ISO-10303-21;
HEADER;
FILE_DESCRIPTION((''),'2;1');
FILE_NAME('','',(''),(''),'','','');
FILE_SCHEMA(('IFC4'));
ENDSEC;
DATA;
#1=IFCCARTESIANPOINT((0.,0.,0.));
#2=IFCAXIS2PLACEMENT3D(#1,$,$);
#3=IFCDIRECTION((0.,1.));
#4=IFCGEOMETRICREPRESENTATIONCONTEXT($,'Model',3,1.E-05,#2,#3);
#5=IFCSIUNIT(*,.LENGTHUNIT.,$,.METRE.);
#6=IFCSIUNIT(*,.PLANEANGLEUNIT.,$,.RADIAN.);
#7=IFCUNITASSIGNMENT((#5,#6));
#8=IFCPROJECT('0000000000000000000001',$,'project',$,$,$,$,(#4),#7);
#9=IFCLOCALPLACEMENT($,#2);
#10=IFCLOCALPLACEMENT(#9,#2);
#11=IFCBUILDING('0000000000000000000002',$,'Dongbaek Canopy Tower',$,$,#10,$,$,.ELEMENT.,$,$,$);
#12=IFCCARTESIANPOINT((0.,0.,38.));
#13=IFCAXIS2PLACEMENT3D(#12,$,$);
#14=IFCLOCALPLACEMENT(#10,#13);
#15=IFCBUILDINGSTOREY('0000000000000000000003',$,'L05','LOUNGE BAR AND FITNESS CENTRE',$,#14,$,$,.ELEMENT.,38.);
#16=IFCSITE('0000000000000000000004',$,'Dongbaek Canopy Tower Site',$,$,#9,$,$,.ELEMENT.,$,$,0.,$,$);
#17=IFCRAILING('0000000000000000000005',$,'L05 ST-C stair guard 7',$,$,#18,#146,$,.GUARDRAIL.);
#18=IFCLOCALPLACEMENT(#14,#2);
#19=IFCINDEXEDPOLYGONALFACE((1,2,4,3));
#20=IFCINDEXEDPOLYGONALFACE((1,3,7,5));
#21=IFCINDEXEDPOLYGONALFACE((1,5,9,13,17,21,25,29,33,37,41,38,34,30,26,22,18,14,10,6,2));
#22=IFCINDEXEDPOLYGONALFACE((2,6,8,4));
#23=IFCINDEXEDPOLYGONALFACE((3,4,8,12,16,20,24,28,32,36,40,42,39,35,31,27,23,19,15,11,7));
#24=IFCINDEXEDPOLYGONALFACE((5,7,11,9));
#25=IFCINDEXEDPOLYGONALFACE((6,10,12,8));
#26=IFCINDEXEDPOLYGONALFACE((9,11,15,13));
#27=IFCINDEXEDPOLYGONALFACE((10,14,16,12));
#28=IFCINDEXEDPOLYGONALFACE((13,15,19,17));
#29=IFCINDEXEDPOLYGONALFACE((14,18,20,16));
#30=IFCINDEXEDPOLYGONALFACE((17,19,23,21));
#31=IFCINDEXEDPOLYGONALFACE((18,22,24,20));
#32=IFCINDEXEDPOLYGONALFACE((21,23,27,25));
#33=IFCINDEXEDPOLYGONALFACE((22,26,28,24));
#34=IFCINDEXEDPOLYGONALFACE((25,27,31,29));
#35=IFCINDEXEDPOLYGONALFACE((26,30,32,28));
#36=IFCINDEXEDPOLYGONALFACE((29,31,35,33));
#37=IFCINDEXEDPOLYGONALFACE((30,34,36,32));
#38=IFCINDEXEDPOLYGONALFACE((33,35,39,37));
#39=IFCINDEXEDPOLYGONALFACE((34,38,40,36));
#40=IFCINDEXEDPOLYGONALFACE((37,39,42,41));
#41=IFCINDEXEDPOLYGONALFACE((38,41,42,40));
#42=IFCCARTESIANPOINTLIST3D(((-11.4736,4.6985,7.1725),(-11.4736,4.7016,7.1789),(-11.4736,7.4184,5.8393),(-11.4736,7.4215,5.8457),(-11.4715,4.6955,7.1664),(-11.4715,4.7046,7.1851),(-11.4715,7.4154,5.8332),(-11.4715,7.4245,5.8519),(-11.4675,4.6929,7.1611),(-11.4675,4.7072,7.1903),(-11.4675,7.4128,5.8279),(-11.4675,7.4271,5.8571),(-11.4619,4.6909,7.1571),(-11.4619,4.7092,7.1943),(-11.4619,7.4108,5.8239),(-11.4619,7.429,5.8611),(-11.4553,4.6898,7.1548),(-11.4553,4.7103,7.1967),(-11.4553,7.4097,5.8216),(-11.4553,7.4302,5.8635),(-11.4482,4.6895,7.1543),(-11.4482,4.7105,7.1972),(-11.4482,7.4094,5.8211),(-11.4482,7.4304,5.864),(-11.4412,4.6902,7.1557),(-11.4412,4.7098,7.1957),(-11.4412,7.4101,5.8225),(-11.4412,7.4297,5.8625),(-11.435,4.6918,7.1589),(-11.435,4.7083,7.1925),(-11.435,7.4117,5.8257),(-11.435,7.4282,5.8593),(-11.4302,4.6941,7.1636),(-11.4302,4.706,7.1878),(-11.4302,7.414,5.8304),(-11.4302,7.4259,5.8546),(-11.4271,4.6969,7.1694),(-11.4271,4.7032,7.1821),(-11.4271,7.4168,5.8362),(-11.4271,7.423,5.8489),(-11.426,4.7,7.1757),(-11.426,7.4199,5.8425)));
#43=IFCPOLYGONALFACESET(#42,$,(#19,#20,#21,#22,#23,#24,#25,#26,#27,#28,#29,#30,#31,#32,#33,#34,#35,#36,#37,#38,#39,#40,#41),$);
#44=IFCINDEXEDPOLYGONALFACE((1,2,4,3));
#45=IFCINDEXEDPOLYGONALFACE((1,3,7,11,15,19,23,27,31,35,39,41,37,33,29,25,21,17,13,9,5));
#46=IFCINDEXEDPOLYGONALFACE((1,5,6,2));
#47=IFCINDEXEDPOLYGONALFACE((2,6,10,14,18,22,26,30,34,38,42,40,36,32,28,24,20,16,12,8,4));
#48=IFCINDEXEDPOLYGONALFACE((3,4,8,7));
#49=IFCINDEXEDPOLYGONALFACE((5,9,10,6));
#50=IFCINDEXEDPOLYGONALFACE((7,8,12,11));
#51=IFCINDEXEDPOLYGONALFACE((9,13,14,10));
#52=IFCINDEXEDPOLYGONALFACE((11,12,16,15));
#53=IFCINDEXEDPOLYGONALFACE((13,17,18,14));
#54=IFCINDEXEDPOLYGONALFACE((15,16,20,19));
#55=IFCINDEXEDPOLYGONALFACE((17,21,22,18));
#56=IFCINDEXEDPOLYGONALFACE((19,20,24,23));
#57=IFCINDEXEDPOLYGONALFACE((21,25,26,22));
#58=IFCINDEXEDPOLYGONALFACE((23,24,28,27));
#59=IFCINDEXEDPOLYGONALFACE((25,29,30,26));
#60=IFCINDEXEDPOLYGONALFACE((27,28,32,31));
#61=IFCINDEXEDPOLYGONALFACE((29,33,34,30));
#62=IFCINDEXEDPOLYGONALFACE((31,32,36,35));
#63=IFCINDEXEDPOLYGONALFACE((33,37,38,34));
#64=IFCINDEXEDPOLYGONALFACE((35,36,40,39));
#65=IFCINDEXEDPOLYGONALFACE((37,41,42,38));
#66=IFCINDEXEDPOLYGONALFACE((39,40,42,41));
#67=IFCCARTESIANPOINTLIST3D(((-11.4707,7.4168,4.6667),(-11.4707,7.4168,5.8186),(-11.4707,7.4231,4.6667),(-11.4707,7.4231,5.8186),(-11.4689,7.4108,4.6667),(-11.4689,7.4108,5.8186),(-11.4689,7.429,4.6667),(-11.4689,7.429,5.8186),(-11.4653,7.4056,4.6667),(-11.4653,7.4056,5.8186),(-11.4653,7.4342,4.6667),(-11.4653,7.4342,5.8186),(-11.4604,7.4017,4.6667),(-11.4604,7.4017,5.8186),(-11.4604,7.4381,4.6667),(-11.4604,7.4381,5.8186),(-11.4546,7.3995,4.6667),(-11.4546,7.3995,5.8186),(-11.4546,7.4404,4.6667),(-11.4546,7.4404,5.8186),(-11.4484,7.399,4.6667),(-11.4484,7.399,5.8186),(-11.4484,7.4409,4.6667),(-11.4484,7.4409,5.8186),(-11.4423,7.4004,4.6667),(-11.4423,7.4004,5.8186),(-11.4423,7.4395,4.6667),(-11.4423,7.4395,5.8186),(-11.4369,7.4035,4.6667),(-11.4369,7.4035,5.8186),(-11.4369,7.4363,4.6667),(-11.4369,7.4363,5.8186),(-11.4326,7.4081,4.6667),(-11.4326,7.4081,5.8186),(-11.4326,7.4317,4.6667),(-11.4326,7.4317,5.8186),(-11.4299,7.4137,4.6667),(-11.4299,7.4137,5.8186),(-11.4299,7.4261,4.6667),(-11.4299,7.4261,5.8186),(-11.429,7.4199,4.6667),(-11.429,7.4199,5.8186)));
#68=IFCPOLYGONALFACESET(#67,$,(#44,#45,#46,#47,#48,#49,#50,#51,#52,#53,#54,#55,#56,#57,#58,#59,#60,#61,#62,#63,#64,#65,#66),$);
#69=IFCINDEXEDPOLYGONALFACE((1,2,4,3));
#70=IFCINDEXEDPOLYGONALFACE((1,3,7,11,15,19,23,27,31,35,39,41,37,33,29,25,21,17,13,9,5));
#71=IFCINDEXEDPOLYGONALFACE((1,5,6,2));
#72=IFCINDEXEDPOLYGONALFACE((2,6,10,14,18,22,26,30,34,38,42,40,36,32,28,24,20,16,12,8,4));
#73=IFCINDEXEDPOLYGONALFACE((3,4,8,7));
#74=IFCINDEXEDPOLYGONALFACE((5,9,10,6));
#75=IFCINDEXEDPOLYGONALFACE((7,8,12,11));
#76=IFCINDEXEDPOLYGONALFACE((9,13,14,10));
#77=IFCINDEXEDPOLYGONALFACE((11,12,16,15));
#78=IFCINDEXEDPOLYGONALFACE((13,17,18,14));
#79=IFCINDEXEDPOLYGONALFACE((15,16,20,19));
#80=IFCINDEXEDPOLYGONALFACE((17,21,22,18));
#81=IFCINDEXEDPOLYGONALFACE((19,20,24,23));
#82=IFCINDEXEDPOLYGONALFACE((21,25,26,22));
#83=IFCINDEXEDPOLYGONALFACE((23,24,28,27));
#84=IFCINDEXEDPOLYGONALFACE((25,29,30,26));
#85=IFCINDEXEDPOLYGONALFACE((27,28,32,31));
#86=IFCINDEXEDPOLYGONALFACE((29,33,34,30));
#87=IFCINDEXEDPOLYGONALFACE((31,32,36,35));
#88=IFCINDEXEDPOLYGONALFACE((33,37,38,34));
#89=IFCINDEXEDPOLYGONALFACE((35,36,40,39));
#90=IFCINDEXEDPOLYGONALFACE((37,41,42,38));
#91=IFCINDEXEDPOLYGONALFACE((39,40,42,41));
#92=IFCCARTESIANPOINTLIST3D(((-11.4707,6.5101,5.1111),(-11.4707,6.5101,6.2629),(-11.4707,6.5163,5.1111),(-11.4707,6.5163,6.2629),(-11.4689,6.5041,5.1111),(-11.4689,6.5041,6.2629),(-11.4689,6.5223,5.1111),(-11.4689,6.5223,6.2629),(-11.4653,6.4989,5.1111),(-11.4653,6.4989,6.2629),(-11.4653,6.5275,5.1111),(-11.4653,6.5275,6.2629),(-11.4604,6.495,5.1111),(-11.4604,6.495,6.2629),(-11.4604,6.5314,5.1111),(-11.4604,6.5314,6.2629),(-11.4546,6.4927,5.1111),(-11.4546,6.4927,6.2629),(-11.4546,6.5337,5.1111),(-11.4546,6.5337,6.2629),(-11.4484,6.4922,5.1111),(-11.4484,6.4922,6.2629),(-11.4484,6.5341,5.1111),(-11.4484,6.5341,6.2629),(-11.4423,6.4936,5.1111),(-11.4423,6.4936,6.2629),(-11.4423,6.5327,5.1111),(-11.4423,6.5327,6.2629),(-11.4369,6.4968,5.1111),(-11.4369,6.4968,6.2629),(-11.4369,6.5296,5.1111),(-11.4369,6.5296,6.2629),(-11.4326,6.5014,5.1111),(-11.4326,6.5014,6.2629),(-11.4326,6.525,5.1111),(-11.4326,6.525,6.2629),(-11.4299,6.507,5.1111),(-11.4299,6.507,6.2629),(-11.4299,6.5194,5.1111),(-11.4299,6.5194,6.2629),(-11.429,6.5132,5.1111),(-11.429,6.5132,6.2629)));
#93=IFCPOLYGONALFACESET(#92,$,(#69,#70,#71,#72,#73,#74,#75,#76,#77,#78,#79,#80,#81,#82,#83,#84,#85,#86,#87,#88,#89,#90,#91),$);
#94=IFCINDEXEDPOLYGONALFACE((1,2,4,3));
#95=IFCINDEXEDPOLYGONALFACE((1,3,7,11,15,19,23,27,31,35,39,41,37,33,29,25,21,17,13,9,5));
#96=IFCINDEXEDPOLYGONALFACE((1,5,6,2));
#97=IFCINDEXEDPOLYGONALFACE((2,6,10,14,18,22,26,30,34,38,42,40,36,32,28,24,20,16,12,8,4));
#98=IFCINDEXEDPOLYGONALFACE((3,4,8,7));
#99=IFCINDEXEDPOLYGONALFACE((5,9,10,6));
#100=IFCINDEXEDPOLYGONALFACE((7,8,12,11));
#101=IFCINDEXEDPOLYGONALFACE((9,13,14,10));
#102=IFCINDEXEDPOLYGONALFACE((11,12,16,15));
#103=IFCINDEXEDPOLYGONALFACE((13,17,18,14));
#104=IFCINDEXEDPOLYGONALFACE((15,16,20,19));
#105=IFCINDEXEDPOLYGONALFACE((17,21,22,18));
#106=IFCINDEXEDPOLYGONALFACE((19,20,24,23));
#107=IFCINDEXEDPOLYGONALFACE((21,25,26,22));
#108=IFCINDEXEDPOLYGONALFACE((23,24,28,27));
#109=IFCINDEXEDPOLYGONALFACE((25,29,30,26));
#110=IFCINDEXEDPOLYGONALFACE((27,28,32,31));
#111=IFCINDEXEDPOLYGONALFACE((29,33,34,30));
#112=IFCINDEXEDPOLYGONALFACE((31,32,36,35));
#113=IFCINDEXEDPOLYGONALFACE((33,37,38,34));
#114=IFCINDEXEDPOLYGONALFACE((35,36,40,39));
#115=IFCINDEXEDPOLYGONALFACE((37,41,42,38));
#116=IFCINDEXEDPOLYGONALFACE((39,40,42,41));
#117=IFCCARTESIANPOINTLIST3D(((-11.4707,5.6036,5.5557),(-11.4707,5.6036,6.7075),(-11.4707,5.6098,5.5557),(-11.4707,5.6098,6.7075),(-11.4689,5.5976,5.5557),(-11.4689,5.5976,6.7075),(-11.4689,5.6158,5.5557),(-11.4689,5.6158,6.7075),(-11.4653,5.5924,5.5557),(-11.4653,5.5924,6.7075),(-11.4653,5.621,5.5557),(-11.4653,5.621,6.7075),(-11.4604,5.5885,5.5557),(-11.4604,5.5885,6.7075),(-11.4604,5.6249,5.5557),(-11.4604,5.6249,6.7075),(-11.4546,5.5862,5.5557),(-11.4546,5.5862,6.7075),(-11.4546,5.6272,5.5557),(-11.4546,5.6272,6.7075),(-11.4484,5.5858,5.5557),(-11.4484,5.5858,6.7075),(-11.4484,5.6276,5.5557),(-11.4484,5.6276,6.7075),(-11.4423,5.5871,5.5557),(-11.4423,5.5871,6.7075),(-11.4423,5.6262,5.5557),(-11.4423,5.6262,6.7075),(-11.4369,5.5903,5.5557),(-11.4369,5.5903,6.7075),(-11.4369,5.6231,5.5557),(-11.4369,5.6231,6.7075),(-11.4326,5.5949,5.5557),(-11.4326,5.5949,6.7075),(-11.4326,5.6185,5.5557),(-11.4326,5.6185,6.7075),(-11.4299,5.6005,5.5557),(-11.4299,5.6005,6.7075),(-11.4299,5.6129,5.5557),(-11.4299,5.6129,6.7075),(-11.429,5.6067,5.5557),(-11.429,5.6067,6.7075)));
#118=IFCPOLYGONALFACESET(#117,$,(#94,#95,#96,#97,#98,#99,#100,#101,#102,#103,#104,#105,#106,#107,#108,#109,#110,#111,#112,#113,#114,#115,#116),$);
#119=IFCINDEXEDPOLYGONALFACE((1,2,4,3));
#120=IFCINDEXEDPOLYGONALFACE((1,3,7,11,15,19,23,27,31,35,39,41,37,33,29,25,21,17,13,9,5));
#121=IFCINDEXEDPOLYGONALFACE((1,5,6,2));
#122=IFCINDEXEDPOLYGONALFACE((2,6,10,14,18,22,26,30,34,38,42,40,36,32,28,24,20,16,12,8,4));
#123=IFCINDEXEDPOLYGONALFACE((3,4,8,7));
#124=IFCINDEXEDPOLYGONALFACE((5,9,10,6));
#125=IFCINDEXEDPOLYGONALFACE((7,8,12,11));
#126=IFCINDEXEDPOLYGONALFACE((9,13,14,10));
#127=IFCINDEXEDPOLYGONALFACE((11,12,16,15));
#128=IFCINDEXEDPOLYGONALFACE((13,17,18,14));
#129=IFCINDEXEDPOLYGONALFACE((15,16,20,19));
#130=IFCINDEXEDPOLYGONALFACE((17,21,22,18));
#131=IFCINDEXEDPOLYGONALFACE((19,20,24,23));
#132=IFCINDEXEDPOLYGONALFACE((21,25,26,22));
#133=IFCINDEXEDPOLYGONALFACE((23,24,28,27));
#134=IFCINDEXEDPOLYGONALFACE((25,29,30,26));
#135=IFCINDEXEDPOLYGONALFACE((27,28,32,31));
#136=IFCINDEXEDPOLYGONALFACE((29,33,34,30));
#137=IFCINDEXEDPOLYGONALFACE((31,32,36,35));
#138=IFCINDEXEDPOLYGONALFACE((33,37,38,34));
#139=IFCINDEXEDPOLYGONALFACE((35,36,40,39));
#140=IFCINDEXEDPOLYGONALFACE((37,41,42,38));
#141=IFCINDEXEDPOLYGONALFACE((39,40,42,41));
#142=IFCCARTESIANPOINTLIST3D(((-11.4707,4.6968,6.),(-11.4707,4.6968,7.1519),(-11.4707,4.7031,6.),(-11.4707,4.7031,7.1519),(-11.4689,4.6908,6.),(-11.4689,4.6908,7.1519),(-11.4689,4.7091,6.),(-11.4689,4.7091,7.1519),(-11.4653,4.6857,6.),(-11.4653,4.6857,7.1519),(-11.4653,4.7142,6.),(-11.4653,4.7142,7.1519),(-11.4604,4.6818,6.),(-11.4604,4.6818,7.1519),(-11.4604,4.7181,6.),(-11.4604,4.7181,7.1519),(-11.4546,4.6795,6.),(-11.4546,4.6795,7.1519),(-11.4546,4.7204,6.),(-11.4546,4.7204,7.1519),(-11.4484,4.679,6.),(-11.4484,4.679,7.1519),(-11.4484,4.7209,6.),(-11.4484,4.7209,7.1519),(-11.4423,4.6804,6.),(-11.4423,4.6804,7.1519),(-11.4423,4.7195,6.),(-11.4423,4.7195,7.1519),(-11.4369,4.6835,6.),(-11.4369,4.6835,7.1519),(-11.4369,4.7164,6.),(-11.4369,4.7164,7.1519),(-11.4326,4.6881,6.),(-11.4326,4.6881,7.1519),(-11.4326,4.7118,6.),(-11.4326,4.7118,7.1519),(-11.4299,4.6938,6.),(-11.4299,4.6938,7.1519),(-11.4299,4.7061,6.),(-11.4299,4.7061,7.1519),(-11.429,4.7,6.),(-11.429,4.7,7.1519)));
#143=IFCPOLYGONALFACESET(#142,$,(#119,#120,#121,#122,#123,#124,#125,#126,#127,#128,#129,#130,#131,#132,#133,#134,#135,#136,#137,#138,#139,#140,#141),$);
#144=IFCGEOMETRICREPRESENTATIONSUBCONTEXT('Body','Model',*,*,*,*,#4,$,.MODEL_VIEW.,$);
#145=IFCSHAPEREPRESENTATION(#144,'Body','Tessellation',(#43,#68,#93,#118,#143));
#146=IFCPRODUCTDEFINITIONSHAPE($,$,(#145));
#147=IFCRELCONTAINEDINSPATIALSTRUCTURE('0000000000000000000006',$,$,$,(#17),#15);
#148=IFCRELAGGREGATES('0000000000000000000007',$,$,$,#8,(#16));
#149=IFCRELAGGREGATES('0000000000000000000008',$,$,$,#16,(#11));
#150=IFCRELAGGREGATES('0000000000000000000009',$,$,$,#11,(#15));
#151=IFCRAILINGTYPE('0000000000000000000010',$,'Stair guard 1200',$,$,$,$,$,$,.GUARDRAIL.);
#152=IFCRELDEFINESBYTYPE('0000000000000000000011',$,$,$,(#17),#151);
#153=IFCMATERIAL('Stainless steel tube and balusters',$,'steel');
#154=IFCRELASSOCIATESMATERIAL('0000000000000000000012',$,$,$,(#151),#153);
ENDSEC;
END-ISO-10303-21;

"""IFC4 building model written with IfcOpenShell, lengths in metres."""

from ifc_helpers import new_model, si_unit, direction, frame, origin, origin_2d, place, context, subcontext, project, spatial, circle, extrude, material, type_object, element, save


model = new_model("IFC4")

# Units and contexts
model_context = context("Model", 3, precision=1e-05, world=origin(), true_north=direction((0.0, 1.0)))
body_context = subcontext(model_context, "Body", "Model", "MODEL_VIEW")
ifc_project = project(units=[si_unit("LENGTHUNIT", "METRE"), si_unit("PLANEANGLEUNIT", "RADIAN")], contexts=[model_context])

# Site, building, storey
site_placement = place(None, origin())
site = spatial("IfcSite", under=ifc_project, at=site_placement, Name="Dongbaek Canopy Tower Site", CompositionType="ELEMENT", RefElevation=0.0)
building_placement = place(site_placement, origin())
building = spatial("IfcBuilding", under=site, at=building_placement, Name="Dongbaek Canopy Tower", CompositionType="ELEMENT")
storey_placement = place(building_placement, frame((0.0, 0.0, 38.0)))
storey = spatial("IfcBuildingStorey", under=building, at=storey_placement, Name="L05", Description="LOUNGE BAR AND FITNESS CENTRE", CompositionType="ELEMENT", Elevation=38.0)

# Railing
ifc_material_1 = material(Name="Stainless steel tube and balusters", Category="steel")
railing_type_1 = type_object("IfcRailingType", Name="Stair guard 1200", PredefinedType="GUARDRAIL", material=ifc_material_1)
railing_1_placement = place(storey_placement, frame((-11.45, 7.4199, 4.6667)))
element("IfcRailing", 1, at=railing_1_placement, inside=storey, type_object=railing_type_1, Name="L05 ST-C stair guard 7", PredefinedType="GUARDRAIL", context=body_context, shape_type="SweptSolid", body=[
    extrude(circle(Radius=0.0239, at=origin_2d()), frame((0.0, 0.0, 1.1758), z_axis=(0.0, -0.897929, 0.440139), x_axis=(1.0, 0.0, 0.0)), (0.0, 0.0, 1.0), 3.0291),
    extrude(circle(Radius=0.021, at=origin_2d()), origin(), (0.0, 0.0, 1.0), 1.1519),
    extrude(circle(Radius=0.021, at=origin_2d()), frame((0.0, -0.9067, 0.4443)), (0.0, 0.0, 1.0), 1.1519),
    extrude(circle(Radius=0.021, at=origin_2d()), frame((0.0, -1.8132, 0.8889)), (0.0, 0.0, 1.0), 1.1519),
    extrude(circle(Radius=0.021, at=origin_2d()), frame((0.0, -2.72, 1.3333)), (0.0, 0.0, 1.0), 1.1519),
])

save(model, "model.ifc")
